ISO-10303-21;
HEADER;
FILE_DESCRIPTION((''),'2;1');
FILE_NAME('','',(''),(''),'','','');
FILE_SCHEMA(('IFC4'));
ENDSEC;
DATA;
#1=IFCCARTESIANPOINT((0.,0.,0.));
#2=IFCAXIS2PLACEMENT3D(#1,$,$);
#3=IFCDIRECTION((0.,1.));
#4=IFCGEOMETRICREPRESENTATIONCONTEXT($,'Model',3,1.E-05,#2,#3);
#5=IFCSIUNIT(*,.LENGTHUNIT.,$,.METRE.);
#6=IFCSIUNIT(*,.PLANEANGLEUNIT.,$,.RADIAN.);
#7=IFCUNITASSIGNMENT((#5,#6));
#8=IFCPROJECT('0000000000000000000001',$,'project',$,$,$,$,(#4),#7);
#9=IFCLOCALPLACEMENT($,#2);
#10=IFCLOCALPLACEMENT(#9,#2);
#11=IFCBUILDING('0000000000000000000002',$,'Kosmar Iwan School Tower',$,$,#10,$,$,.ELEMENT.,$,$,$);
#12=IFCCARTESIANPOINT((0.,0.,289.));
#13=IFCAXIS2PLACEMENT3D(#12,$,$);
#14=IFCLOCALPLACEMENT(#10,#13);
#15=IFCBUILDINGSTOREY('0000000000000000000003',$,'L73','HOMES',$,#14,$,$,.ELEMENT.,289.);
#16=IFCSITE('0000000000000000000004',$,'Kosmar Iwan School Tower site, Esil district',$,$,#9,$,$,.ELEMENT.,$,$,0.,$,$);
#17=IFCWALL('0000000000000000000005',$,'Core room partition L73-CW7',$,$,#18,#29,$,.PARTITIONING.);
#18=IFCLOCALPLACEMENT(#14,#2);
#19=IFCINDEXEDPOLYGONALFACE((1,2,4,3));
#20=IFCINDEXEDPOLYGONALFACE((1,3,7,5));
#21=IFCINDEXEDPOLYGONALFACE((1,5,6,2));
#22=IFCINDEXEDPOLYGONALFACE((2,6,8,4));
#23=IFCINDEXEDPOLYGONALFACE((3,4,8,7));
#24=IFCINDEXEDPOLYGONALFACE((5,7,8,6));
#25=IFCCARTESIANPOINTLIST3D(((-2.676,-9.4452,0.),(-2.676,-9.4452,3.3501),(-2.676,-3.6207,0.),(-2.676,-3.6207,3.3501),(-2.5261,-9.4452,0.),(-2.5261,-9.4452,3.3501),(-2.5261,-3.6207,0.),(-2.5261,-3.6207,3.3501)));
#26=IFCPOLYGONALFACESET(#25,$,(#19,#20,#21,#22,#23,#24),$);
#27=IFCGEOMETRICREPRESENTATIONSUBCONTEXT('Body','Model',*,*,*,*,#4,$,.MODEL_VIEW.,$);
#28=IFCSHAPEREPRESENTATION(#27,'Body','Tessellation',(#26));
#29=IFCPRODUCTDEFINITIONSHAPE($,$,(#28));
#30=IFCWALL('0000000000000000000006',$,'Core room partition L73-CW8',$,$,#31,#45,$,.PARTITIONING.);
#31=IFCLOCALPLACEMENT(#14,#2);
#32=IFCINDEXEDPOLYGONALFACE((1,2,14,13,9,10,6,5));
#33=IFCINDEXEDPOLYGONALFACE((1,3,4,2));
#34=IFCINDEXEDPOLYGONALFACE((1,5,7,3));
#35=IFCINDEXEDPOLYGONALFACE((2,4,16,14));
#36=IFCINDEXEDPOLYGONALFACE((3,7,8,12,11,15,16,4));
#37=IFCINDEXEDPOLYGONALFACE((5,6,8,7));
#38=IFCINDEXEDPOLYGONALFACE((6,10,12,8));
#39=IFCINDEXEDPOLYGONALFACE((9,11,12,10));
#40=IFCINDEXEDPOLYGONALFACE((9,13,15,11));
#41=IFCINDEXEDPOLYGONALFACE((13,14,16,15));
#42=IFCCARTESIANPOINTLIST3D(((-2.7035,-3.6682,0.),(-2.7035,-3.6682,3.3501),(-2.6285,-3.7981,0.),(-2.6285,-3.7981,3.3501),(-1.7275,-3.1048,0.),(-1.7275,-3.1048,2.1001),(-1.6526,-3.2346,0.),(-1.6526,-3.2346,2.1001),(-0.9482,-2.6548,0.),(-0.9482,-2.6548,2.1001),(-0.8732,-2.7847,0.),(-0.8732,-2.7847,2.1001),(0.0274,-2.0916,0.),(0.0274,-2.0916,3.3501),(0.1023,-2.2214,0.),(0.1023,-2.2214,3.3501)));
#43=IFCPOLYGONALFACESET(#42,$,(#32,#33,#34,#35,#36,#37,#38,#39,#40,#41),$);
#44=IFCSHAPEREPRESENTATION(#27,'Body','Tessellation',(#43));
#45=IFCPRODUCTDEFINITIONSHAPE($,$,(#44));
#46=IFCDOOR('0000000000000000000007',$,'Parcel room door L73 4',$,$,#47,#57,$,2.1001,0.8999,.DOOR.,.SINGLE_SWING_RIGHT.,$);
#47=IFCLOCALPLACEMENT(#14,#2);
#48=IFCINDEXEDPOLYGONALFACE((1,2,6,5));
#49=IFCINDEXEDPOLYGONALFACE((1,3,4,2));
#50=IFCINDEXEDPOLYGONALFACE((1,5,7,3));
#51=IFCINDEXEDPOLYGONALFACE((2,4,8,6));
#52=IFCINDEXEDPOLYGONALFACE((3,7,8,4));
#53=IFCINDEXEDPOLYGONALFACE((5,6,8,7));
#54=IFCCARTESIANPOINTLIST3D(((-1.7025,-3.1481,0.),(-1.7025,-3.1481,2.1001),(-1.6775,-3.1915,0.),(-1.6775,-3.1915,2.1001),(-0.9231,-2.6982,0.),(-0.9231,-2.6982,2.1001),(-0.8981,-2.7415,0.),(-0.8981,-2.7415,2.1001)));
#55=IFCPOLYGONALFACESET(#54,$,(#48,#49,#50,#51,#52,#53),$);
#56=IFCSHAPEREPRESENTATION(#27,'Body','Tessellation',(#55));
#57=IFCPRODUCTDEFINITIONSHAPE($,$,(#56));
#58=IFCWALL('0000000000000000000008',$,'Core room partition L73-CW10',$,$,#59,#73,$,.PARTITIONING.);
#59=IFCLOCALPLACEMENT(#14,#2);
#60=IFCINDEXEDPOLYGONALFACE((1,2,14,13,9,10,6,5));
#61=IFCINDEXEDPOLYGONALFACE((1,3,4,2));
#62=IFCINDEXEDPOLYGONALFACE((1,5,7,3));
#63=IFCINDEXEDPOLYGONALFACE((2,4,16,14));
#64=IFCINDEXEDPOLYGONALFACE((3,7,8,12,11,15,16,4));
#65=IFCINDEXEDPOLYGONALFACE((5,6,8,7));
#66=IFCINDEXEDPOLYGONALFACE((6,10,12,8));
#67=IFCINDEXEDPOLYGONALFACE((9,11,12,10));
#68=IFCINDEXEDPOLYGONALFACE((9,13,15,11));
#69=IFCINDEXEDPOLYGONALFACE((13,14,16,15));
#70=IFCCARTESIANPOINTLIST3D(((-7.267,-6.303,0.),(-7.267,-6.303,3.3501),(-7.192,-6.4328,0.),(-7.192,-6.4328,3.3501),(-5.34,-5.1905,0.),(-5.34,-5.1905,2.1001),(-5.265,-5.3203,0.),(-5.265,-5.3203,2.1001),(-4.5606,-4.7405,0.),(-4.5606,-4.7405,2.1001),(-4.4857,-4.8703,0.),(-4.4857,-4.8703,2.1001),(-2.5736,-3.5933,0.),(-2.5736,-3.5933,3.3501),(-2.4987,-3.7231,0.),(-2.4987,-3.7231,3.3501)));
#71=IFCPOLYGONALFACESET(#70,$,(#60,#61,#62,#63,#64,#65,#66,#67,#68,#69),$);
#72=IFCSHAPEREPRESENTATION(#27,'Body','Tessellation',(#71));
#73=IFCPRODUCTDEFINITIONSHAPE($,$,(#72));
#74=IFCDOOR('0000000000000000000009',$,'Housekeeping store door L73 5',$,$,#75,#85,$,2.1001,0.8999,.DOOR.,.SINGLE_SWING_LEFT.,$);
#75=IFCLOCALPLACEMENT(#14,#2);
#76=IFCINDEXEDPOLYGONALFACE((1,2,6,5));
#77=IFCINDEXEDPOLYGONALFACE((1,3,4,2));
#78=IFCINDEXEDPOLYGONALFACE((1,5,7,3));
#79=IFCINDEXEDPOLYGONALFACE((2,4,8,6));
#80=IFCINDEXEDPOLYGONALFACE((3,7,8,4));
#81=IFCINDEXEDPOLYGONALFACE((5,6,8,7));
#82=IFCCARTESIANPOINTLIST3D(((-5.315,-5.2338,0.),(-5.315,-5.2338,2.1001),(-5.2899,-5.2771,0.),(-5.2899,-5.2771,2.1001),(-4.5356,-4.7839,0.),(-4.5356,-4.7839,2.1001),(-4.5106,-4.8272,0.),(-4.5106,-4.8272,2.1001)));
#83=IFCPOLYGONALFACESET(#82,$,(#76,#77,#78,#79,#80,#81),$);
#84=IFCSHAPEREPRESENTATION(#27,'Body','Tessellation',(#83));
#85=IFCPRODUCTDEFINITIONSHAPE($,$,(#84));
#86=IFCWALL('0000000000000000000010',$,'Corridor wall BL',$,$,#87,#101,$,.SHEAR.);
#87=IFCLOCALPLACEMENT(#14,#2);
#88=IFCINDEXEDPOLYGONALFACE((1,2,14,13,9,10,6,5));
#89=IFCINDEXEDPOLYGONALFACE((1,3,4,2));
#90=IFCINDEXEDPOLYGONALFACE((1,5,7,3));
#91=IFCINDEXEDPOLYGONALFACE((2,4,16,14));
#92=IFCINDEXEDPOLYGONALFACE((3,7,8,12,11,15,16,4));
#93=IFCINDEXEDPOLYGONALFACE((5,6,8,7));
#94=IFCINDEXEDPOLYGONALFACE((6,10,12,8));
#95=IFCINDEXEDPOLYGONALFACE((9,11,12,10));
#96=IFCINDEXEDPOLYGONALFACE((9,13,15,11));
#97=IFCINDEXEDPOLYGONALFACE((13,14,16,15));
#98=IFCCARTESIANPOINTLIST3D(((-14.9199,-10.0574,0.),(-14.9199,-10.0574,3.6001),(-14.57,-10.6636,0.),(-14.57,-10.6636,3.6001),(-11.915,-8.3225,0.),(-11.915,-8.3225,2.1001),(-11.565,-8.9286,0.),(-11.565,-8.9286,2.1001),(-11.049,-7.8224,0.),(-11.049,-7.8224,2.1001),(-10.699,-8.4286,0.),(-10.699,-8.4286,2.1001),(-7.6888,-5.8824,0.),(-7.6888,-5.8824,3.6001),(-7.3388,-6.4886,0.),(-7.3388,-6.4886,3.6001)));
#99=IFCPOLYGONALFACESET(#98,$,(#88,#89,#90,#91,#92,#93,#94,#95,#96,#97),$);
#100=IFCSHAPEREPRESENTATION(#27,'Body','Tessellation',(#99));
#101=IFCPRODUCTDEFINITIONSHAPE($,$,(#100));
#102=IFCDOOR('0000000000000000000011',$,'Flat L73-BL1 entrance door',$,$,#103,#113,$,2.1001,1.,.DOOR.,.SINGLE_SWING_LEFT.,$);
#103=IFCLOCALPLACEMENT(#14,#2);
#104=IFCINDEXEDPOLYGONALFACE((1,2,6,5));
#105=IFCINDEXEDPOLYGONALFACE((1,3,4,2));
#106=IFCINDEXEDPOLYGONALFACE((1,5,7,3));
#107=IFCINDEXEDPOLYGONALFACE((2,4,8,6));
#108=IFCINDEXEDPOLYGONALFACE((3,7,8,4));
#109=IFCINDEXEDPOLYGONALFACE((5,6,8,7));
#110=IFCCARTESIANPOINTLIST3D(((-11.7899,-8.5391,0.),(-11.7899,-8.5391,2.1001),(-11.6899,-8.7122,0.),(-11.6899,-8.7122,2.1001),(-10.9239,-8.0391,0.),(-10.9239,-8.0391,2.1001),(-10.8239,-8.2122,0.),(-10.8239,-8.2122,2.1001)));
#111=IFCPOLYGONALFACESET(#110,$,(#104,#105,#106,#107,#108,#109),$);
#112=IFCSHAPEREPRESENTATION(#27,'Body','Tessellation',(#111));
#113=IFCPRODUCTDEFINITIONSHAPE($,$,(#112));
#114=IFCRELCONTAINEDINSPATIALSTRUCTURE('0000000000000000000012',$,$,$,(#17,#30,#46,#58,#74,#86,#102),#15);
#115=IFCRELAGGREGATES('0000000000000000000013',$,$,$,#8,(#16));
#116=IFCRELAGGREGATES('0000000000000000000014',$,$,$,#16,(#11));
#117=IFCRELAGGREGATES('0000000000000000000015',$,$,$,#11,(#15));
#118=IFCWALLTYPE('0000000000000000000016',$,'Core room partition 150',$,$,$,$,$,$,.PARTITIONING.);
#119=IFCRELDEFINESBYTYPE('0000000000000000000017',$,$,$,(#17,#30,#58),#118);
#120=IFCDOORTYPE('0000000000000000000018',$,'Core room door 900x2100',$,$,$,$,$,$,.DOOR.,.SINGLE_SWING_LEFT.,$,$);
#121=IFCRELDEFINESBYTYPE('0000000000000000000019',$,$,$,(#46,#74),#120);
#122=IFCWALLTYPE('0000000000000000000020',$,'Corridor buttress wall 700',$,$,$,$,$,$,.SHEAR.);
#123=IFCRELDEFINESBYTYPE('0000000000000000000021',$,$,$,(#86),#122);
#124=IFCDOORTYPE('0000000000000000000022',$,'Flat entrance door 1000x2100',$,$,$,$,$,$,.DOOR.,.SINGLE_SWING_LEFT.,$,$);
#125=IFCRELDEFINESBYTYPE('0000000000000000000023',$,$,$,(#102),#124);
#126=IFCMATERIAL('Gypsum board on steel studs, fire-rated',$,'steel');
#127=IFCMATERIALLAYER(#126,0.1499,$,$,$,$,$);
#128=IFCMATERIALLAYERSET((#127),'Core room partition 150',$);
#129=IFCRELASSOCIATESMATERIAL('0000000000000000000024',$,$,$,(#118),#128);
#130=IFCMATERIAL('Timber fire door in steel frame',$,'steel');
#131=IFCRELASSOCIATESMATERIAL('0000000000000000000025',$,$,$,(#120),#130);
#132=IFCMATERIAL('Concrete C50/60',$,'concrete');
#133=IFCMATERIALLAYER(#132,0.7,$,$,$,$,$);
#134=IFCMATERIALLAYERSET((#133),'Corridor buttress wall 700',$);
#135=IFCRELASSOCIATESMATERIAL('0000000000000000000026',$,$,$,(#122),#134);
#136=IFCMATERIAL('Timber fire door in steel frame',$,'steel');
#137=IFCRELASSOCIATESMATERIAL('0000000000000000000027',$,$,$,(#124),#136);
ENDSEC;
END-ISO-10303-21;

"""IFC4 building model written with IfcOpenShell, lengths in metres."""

from ifc_helpers import new_model, si_unit, direction, frame, frame_2d, origin, place, context, subcontext, project, spatial, rectangle, extrude, material, layer, layer_set, type_object, element, fill, save


model = new_model("IFC4")

# Units and contexts
model_context = context("Model", 3, precision=1e-05, world=origin(), true_north=direction((0.0, 1.0)))
body_context = subcontext(model_context, "Body", "Model", "MODEL_VIEW")
ifc_project = project(units=[si_unit("LENGTHUNIT", "METRE"), si_unit("PLANEANGLEUNIT", "RADIAN")], contexts=[model_context])

# Site, building, storey
site_placement = place(None, origin())
site = spatial("IfcSite", under=ifc_project, at=site_placement, Name="Kosmar Iwan School Tower site, Esil district", CompositionType="ELEMENT", RefElevation=0.0)
building_placement = place(site_placement, origin())
building = spatial("IfcBuilding", under=site, at=building_placement, Name="Kosmar Iwan School Tower", CompositionType="ELEMENT")
storey_placement = place(building_placement, frame((0.0, 0.0, 289.0)))
storey = spatial("IfcBuildingStorey", under=building, at=storey_placement, Name="L73", Description="HOMES", CompositionType="ELEMENT", Elevation=289.0)

# Wall
ifc_material_1 = material(Name="Gypsum board on steel studs, fire-rated", Category="steel")
ifc_layer_1 = layer(ifc_material_1, 0.1499)
ifc_layer_set_1 = layer_set([ifc_layer_1], Name="Core room partition 150")
wall_type_1 = type_object("IfcWallType", Name="Core room partition 150", PredefinedType="PARTITIONING", material=ifc_layer_set_1)
wall_1_placement = place(storey_placement, frame((-2.6011, -9.4451, 0.0), z_axis=(0.0, 0.0, 1.0), x_axis=(0.0, 1.0, 0.0)))
element("IfcWall", 1, at=wall_1_placement, inside=storey, type_object=wall_type_1, Name="Core room partition L73-CW7", PredefinedType="PARTITIONING", context=body_context, shape_type="SweptSolid", body=[
    extrude(rectangle(XDim=5.8245, YDim=0.1499, at=frame_2d((2.9121, 0.0))), origin(), (0.0, 0.0, 1.0), 3.3501),
])

# Walls, openings, doors
wall_2_placement = place(storey_placement, frame((-2.666, -3.7332, 0.0), z_axis=(0.0, 0.0, 1.0), x_axis=(0.866033, 0.499986, 0.0)))
wall_2 = element("IfcWall", 2, at=wall_2_placement, inside=storey, type_object=wall_type_1, Name="Core room partition L73-CW8", PredefinedType="PARTITIONING", context=body_context, shape_type="SweptSolid", body=[
    extrude(rectangle(XDim=3.1533, YDim=0.1499, at=frame_2d((1.5767, 0.0))), origin(), (0.0, 0.0, 1.0), 3.3501),
])
opening_1_placement = place(wall_2_placement, frame((1.127, 0.0, 0.0)))
opening_1 = element("IfcOpeningElement", 3, at=opening_1_placement, cuts=wall_2, PredefinedType="OPENING", context=body_context, shape_type="SweptSolid", body=[
    extrude(rectangle(XDim=0.8999, YDim=2.1001, at=frame_2d((0.45, 1.05))), frame((0.0, 0.0869, 0.0), z_axis=(0.0, -1.0, 0.0), x_axis=(1.0, 0.0, 0.0)), (0.0, 0.0, 1.0), 0.1738),
])
ifc_material_2 = material(Name="Timber fire door in steel frame", Category="steel")
door_type_1 = type_object("IfcDoorType", Name="Core room door 900x2100", OperationType="SINGLE_SWING_LEFT", PredefinedType="DOOR", material=ifc_material_2)
door_1_placement = place(opening_1_placement, origin())
door_1 = element("IfcDoor", 4, at=door_1_placement, inside=storey, type_object=door_type_1, Name="Parcel room door L73 4", OperationType="SINGLE_SWING_RIGHT", OverallHeight=2.1001, OverallWidth=0.8999, PredefinedType="DOOR", context=body_context, shape_type="SweptSolid", body=[
    extrude(rectangle(XDim=0.8999, YDim=2.1001, at=frame_2d((0.45, 1.05))), frame((0.0, 0.0249, 0.0), z_axis=(0.0, -1.0, 0.0), x_axis=(1.0, 0.0, 0.0)), (0.0, 0.0, 1.0), 0.05),
])
fill(opening_1, door_1)
wall_3_placement = place(storey_placement, frame((-7.2295, -6.3679, 0.0), z_axis=(0.0, 0.0, 1.0), x_axis=(0.866025, 0.500001, 0.0)))
wall_3 = element("IfcWall", 5, at=wall_3_placement, inside=storey, type_object=wall_type_1, Name="Core room partition L73-CW10", PredefinedType="PARTITIONING", context=body_context, shape_type="SweptSolid", body=[
    extrude(rectangle(XDim=5.4194, YDim=0.1499, at=frame_2d((2.7097, 0.0))), origin(), (0.0, 0.0, 1.0), 3.3501),
])
opening_2_placement = place(wall_3_placement, frame((2.2251, 0.0, 0.0)))
opening_2 = element("IfcOpeningElement", 6, at=opening_2_placement, cuts=wall_3, PredefinedType="OPENING", context=body_context, shape_type="SweptSolid", body=[
    extrude(rectangle(XDim=0.8999, YDim=2.1001, at=frame_2d((0.45, 1.05))), frame((0.0, 0.0869, 0.0), z_axis=(0.0, -1.0, 0.0), x_axis=(1.0, 0.0, 0.0)), (0.0, 0.0, 1.0), 0.1738),
])
door_2_placement = place(opening_2_placement, origin())
door_2 = element("IfcDoor", 7, at=door_2_placement, inside=storey, type_object=door_type_1, Name="Housekeeping store door L73 5", OperationType="SINGLE_SWING_LEFT", OverallHeight=2.1001, OverallWidth=0.8999, PredefinedType="DOOR", context=body_context, shape_type="SweptSolid", body=[
    extrude(rectangle(XDim=0.8999, YDim=2.1001, at=frame_2d((0.45, 1.05))), frame((0.0, 0.0249, 0.0), z_axis=(0.0, -1.0, 0.0), x_axis=(1.0, 0.0, 0.0)), (0.0, 0.0, 1.0), 0.05),
])
fill(opening_2, door_2)
ifc_material_3 = material(Name="Concrete C50/60", Category="concrete")
ifc_layer_2 = layer(ifc_material_3, 0.7)
ifc_layer_set_2 = layer_set([ifc_layer_2], Name="Corridor buttress wall 700")
wall_type_2 = type_object("IfcWallType", Name="Corridor buttress wall 700", PredefinedType="SHEAR", material=ifc_layer_set_2)
wall_4_placement = place(storey_placement, frame((-7.5139, -6.1855, 0.0), z_axis=(0.0, 0.0, 1.0), x_axis=(-0.86602, -0.50001, 0.0)))
wall_4 = element("IfcWall", 8, at=wall_4_placement, inside=storey, type_object=wall_type_2, Name="Corridor wall BL", PredefinedType="SHEAR", context=body_context, shape_type="SweptSolid", body=[
    extrude(rectangle(XDim=8.3499, YDim=0.7, at=frame_2d((4.1748, 0.0))), origin(), (0.0, 0.0, 1.0), 3.6001),
])
opening_3_placement = place(wall_4_placement, frame((3.8799, 0.0, 0.0)))
opening_3 = element("IfcOpeningElement", 9, at=opening_3_placement, cuts=wall_4, PredefinedType="OPENING", context=body_context, shape_type="SweptSolid", body=[
    extrude(rectangle(XDim=1.0, YDim=2.1001, at=frame_2d((0.5, 1.05))), frame((0.0, 0.3621, 0.0), z_axis=(0.0, -1.0, 0.0), x_axis=(1.0, 0.0, 0.0)), (0.0, 0.0, 1.0), 0.7239),
])
ifc_material_4 = material(Name="Timber fire door in steel frame", Category="steel")
door_type_2 = type_object("IfcDoorType", Name="Flat entrance door 1000x2100", OperationType="SINGLE_SWING_LEFT", PredefinedType="DOOR", material=ifc_material_4)
door_3_placement = place(opening_3_placement, origin())
door_3 = element("IfcDoor", 10, at=door_3_placement, inside=storey, type_object=door_type_2, Name="Flat L73-BL1 entrance door", OperationType="SINGLE_SWING_LEFT", OverallHeight=2.1001, OverallWidth=1.0, PredefinedType="DOOR", context=body_context, shape_type="SweptSolid", body=[
    extrude(rectangle(XDim=1.0, YDim=2.1001, at=frame_2d((0.5, 1.05))), frame((0.0, 0.1001, 0.0), z_axis=(0.0, -1.0, 0.0), x_axis=(1.0, 0.0, 0.0)), (0.0, 0.0, 1.0), 0.2),
])
fill(opening_3, door_3)

save(model, "model.ifc")
